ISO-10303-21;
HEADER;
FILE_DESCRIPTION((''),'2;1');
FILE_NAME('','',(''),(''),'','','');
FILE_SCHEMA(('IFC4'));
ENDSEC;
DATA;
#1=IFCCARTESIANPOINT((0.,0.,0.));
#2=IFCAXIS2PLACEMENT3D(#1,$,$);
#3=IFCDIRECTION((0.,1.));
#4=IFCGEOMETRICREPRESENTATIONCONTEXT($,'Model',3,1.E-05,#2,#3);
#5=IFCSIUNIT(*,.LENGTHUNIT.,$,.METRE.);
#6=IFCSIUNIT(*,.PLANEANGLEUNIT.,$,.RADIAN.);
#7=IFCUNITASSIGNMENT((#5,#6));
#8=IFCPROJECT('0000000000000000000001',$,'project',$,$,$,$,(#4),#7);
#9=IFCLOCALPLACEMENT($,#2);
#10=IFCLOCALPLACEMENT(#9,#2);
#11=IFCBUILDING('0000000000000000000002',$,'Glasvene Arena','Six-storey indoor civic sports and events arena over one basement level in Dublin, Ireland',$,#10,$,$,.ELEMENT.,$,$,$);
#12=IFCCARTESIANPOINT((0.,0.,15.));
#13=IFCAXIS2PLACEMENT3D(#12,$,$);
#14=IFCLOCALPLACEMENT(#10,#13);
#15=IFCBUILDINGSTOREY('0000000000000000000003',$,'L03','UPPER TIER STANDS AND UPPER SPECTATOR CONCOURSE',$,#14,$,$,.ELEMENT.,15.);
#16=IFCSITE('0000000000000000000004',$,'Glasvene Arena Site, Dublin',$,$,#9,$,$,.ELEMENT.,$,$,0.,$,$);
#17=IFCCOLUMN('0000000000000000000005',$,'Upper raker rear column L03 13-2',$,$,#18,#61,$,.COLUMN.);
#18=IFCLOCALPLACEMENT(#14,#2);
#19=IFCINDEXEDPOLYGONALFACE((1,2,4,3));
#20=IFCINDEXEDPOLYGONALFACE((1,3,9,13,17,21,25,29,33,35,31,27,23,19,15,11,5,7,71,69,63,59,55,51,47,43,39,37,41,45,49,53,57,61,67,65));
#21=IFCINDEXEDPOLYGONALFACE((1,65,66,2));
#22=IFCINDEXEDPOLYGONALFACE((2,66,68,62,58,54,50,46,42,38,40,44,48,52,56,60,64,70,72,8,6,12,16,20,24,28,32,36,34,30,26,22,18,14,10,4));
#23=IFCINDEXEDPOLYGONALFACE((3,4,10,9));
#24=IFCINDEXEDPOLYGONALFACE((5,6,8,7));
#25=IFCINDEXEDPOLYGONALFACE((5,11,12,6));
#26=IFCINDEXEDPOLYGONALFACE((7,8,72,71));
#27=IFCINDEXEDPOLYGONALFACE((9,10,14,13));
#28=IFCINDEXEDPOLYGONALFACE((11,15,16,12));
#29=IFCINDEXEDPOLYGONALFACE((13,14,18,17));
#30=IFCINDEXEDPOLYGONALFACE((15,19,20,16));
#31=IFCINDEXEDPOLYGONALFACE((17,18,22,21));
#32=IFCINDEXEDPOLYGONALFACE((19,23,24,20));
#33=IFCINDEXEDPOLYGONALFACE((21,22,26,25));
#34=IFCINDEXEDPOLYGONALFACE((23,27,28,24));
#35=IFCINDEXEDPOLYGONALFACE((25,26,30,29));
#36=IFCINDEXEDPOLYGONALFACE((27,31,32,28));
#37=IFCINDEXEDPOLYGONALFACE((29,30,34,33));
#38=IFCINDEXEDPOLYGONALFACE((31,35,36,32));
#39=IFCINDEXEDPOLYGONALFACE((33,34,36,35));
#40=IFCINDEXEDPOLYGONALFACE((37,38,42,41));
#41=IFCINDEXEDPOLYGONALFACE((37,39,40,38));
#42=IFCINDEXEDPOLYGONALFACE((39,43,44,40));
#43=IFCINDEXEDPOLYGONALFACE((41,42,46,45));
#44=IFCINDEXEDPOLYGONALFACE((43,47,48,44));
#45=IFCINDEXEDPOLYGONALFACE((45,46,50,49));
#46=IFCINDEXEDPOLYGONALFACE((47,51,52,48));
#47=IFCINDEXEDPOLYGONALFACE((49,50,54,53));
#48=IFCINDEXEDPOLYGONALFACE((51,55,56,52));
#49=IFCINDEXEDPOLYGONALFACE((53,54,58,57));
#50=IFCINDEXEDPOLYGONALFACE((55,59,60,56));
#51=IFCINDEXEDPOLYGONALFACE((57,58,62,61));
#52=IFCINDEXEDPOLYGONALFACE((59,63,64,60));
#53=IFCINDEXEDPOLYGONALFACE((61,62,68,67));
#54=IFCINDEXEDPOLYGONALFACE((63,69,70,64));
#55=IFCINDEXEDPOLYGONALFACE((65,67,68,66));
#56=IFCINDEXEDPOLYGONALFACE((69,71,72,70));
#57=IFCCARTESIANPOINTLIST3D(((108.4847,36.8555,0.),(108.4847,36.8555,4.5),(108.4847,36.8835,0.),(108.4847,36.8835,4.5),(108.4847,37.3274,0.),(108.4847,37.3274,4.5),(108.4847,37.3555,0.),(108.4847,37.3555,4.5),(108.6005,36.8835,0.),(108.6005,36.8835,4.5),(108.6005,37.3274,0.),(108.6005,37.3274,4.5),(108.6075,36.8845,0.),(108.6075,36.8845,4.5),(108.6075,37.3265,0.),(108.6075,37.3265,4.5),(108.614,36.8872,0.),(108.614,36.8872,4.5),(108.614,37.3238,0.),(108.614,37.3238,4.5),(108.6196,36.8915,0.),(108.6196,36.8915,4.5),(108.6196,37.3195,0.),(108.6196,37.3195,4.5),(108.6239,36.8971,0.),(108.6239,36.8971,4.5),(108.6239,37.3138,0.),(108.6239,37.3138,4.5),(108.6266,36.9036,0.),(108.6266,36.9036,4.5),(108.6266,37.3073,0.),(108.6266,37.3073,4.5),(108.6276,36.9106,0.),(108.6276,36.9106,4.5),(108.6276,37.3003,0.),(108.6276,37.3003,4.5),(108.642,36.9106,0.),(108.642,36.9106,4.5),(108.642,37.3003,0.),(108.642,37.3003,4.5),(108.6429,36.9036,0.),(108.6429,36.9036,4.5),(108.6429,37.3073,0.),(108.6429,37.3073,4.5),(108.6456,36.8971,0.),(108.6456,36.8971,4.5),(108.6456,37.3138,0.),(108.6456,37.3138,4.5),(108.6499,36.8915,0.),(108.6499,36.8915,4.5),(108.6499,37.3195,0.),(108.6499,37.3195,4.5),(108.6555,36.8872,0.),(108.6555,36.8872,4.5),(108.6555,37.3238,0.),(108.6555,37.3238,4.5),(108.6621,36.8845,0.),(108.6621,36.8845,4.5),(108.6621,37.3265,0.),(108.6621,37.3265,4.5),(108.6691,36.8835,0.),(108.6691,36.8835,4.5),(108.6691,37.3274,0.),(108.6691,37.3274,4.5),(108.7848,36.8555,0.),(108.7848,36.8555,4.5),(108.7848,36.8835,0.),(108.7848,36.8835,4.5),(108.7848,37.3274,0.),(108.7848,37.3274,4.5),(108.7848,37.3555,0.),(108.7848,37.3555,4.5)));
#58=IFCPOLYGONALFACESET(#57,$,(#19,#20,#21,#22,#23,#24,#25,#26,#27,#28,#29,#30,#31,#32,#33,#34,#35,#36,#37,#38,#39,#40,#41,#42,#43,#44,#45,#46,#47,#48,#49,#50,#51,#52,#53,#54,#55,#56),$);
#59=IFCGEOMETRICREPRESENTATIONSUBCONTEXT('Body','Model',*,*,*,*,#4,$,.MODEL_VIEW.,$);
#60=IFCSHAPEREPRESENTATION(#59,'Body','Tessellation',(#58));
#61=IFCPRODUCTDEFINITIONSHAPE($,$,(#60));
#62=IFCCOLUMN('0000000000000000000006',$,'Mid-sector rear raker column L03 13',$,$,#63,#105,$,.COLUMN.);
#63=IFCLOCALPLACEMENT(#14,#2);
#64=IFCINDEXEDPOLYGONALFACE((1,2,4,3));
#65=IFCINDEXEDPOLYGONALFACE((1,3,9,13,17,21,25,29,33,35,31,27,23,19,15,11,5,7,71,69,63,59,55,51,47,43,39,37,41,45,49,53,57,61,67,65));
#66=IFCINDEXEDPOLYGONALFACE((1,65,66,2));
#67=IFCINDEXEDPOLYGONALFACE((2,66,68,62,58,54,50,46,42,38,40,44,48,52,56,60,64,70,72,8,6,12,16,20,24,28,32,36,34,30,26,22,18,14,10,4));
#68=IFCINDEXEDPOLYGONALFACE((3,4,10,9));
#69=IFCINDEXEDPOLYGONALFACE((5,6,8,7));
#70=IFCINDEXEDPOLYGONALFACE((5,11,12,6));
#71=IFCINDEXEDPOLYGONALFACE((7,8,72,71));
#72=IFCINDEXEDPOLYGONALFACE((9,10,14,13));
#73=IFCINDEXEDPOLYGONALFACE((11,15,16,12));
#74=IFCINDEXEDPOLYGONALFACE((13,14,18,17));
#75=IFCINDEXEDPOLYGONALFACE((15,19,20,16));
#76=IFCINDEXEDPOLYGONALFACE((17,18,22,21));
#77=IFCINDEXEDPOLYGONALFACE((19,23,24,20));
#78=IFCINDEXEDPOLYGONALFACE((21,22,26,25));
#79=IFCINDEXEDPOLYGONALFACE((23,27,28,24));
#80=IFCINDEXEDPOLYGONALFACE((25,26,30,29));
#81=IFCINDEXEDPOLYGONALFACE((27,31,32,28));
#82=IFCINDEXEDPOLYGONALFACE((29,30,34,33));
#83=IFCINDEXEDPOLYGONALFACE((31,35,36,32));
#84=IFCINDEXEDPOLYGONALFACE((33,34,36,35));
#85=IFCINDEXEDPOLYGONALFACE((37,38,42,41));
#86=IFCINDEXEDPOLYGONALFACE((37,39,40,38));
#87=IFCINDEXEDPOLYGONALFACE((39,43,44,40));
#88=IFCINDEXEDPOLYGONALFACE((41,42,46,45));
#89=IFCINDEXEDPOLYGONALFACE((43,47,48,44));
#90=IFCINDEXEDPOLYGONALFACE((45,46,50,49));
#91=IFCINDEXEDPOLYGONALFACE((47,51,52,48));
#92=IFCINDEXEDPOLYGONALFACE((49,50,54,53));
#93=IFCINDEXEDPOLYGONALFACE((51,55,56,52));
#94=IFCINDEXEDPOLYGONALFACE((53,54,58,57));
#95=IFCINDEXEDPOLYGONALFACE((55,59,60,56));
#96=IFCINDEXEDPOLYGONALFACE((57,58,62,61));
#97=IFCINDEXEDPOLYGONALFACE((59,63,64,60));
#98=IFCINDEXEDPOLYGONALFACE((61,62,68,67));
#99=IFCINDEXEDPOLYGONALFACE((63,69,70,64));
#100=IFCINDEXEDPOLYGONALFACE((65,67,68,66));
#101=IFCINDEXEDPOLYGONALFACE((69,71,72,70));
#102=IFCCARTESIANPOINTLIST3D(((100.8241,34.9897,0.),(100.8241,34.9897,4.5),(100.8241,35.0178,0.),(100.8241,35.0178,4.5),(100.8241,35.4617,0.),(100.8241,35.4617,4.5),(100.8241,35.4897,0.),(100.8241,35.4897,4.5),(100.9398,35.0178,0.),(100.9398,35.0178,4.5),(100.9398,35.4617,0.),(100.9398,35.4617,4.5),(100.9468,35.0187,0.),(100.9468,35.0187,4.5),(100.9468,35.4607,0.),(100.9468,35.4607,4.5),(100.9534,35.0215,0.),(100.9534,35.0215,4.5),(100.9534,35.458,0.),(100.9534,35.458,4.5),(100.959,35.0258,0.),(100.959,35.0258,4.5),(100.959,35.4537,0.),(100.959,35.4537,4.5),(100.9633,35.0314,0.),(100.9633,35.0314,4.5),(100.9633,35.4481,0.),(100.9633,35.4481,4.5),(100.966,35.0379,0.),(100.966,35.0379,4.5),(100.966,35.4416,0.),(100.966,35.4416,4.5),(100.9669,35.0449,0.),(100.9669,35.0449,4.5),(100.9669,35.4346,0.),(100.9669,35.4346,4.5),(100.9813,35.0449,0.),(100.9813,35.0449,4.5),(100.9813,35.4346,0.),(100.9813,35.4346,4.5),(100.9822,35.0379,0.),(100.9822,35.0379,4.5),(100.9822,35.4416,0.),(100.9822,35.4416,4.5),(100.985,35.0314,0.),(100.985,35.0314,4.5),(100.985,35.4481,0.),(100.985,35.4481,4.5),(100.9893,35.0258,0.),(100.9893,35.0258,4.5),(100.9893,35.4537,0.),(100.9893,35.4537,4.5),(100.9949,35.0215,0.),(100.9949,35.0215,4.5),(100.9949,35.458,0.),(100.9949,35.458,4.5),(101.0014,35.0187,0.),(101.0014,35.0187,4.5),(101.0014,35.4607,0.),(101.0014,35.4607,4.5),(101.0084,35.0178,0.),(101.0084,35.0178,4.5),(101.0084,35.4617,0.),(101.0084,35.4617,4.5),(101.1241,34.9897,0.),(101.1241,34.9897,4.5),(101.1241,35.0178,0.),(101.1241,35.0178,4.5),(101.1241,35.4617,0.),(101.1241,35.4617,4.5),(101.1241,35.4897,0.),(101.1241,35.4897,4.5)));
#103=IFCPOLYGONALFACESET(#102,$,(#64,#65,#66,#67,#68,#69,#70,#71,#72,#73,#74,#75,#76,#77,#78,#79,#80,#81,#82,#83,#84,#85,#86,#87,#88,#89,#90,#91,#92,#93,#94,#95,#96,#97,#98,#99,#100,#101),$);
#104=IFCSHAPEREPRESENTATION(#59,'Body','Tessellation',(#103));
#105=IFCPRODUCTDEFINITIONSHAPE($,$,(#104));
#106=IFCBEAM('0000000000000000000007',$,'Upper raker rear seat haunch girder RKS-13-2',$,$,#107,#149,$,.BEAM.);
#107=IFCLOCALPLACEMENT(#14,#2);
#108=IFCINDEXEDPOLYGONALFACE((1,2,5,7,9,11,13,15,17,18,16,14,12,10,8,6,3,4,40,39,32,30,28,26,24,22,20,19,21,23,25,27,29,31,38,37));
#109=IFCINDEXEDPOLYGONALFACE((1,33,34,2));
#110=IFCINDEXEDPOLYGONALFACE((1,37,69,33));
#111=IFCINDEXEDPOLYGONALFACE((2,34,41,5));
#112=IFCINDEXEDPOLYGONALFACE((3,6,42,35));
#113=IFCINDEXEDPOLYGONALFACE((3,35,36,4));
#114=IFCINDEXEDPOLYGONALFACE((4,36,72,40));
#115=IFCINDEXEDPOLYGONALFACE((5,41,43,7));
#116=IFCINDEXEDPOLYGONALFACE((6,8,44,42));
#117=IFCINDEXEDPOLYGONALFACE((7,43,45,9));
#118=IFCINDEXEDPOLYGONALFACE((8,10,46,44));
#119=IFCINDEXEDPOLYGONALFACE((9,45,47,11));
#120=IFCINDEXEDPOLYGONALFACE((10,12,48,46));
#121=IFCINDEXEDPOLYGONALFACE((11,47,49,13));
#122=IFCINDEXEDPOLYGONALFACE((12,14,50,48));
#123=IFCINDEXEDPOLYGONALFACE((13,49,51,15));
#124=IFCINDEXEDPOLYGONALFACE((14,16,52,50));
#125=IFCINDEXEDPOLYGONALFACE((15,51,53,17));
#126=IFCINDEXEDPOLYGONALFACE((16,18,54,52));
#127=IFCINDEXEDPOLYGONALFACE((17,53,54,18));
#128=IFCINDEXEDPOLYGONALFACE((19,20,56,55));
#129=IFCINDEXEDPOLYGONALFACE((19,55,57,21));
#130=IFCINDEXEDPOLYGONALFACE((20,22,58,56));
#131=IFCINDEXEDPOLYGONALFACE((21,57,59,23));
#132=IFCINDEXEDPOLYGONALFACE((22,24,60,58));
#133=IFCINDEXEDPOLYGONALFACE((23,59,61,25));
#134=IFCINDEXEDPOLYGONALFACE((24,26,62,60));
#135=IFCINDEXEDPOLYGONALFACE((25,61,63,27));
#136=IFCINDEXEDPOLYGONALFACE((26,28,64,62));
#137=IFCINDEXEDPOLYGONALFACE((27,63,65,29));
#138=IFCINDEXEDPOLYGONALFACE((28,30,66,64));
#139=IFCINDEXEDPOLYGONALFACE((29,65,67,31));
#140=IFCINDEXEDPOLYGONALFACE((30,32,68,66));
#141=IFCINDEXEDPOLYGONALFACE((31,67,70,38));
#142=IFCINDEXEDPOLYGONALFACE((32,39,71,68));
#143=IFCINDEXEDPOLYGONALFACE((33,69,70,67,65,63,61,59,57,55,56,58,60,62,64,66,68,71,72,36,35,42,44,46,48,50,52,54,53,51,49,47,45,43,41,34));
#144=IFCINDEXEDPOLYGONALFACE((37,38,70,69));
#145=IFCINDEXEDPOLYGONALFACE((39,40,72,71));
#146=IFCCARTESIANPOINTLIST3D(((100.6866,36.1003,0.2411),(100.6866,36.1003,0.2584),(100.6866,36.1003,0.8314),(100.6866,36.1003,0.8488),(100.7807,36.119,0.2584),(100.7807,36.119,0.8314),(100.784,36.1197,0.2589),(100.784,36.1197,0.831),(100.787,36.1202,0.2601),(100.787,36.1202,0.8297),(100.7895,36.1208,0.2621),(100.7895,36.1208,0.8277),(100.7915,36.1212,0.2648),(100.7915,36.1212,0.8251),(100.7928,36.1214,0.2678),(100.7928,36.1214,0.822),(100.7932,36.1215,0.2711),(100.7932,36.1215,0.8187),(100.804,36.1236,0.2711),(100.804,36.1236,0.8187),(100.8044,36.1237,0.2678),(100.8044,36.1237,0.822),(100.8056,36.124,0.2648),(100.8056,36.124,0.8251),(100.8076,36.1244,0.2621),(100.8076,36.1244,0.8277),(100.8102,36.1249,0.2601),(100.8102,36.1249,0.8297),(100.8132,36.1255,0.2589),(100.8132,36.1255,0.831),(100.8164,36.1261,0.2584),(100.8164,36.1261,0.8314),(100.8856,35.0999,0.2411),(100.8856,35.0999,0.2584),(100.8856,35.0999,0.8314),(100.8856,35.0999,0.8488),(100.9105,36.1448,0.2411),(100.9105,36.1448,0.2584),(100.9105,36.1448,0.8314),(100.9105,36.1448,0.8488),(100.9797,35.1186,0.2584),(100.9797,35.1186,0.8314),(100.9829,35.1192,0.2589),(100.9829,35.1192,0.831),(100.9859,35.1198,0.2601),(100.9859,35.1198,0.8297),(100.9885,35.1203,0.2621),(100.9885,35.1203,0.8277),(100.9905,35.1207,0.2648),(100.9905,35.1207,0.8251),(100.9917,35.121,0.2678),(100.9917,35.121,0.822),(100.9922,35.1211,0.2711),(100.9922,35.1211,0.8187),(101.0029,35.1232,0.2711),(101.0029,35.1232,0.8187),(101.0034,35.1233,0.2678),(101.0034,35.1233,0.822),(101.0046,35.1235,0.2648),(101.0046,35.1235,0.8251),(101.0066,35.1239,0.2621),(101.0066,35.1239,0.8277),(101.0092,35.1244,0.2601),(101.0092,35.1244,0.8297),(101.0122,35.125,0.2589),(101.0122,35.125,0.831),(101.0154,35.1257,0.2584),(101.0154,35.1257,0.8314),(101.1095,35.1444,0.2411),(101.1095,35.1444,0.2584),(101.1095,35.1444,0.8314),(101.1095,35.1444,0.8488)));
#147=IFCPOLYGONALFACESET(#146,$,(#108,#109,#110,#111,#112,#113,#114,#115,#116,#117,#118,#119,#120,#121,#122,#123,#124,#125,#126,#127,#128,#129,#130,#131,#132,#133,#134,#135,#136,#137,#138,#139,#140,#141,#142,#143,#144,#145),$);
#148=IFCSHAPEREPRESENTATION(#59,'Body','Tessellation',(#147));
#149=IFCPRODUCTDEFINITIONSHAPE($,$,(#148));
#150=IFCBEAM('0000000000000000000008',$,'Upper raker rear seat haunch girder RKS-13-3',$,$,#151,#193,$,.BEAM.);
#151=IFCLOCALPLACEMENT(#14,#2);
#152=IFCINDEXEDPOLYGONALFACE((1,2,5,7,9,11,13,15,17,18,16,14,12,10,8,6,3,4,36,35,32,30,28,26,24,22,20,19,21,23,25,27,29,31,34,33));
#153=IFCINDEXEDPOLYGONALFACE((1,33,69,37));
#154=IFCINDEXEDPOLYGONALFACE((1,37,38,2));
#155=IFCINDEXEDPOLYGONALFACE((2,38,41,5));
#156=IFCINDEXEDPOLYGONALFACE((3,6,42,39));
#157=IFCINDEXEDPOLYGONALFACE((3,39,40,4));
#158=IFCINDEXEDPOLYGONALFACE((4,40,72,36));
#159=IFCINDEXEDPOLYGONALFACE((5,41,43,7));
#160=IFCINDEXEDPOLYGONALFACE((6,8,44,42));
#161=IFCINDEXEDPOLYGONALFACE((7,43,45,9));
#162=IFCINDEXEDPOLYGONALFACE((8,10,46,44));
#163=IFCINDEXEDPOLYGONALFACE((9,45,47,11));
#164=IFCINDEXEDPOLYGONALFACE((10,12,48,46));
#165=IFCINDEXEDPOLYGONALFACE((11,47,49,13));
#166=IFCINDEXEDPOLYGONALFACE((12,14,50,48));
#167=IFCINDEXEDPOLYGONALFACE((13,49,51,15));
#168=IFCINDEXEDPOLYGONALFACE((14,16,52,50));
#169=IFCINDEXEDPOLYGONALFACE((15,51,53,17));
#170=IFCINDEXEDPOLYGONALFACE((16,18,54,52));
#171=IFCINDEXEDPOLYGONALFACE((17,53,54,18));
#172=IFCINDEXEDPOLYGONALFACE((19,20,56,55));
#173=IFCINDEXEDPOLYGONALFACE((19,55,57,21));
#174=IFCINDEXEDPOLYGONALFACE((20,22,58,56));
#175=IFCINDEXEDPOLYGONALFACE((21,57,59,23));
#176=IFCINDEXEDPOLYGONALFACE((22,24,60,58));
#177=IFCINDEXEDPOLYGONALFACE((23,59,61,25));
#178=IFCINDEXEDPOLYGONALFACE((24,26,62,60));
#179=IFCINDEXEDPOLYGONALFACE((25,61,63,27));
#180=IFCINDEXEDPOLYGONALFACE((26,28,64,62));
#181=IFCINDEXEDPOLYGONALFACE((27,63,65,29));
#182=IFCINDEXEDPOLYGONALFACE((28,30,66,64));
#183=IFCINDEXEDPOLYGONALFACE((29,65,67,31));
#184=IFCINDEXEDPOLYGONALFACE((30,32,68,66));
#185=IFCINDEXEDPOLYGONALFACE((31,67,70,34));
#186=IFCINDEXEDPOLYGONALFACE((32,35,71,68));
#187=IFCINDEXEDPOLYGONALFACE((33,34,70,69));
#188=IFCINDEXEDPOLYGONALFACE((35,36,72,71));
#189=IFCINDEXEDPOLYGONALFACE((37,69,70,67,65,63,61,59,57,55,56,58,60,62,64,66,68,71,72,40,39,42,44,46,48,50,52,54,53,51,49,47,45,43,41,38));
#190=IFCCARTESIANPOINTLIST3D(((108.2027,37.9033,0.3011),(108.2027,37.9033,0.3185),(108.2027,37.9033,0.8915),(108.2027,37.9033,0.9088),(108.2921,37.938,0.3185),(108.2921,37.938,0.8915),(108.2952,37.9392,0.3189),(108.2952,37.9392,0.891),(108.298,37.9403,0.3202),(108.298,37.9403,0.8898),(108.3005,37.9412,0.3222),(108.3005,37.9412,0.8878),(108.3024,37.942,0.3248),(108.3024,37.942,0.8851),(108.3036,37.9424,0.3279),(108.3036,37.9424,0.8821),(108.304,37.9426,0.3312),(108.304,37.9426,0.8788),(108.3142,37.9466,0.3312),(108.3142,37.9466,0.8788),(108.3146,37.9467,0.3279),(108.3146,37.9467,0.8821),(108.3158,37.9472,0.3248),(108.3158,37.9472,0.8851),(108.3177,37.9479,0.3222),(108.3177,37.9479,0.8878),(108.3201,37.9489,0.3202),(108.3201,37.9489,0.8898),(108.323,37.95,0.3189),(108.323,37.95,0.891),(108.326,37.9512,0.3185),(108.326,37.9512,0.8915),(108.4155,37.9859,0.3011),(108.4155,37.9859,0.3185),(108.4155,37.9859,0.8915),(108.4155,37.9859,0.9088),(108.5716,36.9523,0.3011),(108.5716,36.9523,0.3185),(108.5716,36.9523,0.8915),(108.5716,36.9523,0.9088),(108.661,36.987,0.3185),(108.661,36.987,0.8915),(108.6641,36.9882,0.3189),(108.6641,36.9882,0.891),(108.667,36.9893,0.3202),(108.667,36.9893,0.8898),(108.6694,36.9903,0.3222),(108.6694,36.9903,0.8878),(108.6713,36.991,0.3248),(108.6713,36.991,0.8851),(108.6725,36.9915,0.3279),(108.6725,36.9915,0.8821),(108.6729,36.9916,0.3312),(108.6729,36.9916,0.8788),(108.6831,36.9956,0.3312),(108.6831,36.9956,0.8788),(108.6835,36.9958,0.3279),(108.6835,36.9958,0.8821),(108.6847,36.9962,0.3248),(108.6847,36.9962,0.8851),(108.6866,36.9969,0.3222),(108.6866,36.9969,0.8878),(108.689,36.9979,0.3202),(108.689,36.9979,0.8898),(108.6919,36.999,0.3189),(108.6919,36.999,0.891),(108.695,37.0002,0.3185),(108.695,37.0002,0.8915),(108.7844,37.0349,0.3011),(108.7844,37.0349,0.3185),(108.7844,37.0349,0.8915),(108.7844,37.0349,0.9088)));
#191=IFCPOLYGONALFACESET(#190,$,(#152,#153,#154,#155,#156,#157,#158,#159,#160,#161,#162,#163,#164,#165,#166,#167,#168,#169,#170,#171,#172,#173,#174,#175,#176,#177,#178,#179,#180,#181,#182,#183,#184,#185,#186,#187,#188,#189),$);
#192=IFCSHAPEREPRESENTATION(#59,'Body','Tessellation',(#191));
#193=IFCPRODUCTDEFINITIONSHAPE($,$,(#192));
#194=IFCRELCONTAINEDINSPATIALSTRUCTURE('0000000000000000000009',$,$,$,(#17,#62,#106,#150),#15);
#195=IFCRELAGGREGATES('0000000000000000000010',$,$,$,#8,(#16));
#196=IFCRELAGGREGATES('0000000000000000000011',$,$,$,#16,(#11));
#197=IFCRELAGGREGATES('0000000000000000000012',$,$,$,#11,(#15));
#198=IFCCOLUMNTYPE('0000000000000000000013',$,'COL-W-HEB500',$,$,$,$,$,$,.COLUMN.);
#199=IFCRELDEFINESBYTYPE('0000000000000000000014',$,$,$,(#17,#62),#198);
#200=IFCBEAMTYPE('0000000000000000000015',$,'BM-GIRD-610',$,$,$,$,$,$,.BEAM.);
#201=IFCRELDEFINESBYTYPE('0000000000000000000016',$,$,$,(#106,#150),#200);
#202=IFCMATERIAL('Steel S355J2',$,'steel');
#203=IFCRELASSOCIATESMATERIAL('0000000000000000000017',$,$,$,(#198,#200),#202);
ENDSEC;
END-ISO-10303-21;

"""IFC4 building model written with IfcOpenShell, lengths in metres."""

from ifc_helpers import new_model, si_unit, direction, frame, origin, origin_2d, place, context, subcontext, project, spatial, i_section, extrude, material, material_profile, profile_set, type_object, element, save


model = new_model("IFC4")

# Units and contexts
model_context = context("Model", 3, precision=1e-05, world=origin(), true_north=direction((0.0, 1.0)))
body_context = subcontext(model_context, "Body", "Model", "MODEL_VIEW")
ifc_project = project(units=[si_unit("LENGTHUNIT", "METRE"), si_unit("PLANEANGLEUNIT", "RADIAN")], contexts=[model_context])

# Site, building, storey
site_placement = place(None, origin())
site = spatial("IfcSite", under=ifc_project, at=site_placement, Name="Glasvene Arena Site, Dublin", CompositionType="ELEMENT", RefElevation=0.0)
building_placement = place(site_placement, origin())
building = spatial("IfcBuilding", under=site, at=building_placement, Name="Glasvene Arena", Description="Six-storey indoor civic sports and events arena over one basement level in Dublin, Ireland", CompositionType="ELEMENT")
storey_placement = place(building_placement, frame((0.0, 0.0, 15.0)))
storey = spatial("IfcBuildingStorey", under=building, at=storey_placement, Name="L03", Description="UPPER TIER STANDS AND UPPER SPECTATOR CONCOURSE", CompositionType="ELEMENT", Elevation=15.0)

# Columns
ifc_material_1 = material(Name="Steel S355J2", Category="steel")
ifc_material_profile_1 = material_profile(ifc_material_1, i_section(OverallWidth=0.3, OverallDepth=0.5, WebThickness=0.0144, FlangeThickness=0.0281, FilletRadius=0.0271, at=origin_2d()), Name="HEB 500")
ifc_profile_set_1 = profile_set([ifc_material_profile_1], Name="Steel S355J2")
column_type = type_object("IfcColumnType", Name="COL-W-HEB500", PredefinedType="COLUMN", material=ifc_profile_set_1)
for number, where, z_axis, x_axis, name in (
    (1, (108.6348, 37.1055, 0.0), (0.0, 0.0, 1.0), (1.0, 0.0, 0.0), "Upper raker rear column L03 13-2"),
    (2, (100.9741, 35.2397, 0.0), (0.0, 0.0, 1.0), (1.0, 0.0, 0.0), "Mid-sector rear raker column L03 13"),
):
    element("IfcColumn", number, at=place(storey_placement, frame(where, z_axis=z_axis, x_axis=x_axis)), inside=storey, type_object=column_type, Name=name, PredefinedType="COLUMN", context=body_context, shape_type="SweptSolid", body=[
        extrude(i_section(OverallWidth=0.3, OverallDepth=0.5, WebThickness=0.0144, FlangeThickness=0.0281, FilletRadius=0.0271, at=origin_2d()), origin(), (0.0, 0.0, 1.0), 4.5),
    ])

# Beams
ifc_material_profile_2 = material_profile(ifc_material_1, i_section(OverallWidth=0.2283, OverallDepth=0.6077, WebThickness=0.011, FlangeThickness=0.0173, FilletRadius=0.0127, at=origin_2d()), Name="UKB 610x229x113")
ifc_profile_set_2 = profile_set([ifc_material_profile_2], Name="Steel S355J2")
beam_type_1 = type_object("IfcBeamType", Name="BM-GIRD-610", PredefinedType="BEAM", material=ifc_profile_set_2)
for number, where, z_axis, x_axis, name in (
    (3, (100.7986, 36.1226, 0.5449), (0.195057, -0.980792, 0.0), (0.980792, 0.195057, 0.0), "Upper raker rear seat haunch girder RKS-13-2"),
    (4, (108.3091, 37.9446, 0.605), (0.361672, -0.932305, 0.0), (0.932305, 0.361672, 0.0), "Upper raker rear seat haunch girder RKS-13-3"),
):
    element("IfcBeam", number, at=place(storey_placement, frame(where, z_axis=z_axis, x_axis=x_axis)), inside=storey, type_object=beam_type_1, Name=name, PredefinedType="BEAM", context=body_context, shape_type="SweptSolid", body=[
        extrude(i_section(OverallWidth=0.2283, OverallDepth=0.6077, WebThickness=0.011, FlangeThickness=0.0173, FilletRadius=0.0127, at=origin_2d()), origin(), (0.0, 0.0, 1.0), 1.02),
    ])

save(model, "model.ifc")
